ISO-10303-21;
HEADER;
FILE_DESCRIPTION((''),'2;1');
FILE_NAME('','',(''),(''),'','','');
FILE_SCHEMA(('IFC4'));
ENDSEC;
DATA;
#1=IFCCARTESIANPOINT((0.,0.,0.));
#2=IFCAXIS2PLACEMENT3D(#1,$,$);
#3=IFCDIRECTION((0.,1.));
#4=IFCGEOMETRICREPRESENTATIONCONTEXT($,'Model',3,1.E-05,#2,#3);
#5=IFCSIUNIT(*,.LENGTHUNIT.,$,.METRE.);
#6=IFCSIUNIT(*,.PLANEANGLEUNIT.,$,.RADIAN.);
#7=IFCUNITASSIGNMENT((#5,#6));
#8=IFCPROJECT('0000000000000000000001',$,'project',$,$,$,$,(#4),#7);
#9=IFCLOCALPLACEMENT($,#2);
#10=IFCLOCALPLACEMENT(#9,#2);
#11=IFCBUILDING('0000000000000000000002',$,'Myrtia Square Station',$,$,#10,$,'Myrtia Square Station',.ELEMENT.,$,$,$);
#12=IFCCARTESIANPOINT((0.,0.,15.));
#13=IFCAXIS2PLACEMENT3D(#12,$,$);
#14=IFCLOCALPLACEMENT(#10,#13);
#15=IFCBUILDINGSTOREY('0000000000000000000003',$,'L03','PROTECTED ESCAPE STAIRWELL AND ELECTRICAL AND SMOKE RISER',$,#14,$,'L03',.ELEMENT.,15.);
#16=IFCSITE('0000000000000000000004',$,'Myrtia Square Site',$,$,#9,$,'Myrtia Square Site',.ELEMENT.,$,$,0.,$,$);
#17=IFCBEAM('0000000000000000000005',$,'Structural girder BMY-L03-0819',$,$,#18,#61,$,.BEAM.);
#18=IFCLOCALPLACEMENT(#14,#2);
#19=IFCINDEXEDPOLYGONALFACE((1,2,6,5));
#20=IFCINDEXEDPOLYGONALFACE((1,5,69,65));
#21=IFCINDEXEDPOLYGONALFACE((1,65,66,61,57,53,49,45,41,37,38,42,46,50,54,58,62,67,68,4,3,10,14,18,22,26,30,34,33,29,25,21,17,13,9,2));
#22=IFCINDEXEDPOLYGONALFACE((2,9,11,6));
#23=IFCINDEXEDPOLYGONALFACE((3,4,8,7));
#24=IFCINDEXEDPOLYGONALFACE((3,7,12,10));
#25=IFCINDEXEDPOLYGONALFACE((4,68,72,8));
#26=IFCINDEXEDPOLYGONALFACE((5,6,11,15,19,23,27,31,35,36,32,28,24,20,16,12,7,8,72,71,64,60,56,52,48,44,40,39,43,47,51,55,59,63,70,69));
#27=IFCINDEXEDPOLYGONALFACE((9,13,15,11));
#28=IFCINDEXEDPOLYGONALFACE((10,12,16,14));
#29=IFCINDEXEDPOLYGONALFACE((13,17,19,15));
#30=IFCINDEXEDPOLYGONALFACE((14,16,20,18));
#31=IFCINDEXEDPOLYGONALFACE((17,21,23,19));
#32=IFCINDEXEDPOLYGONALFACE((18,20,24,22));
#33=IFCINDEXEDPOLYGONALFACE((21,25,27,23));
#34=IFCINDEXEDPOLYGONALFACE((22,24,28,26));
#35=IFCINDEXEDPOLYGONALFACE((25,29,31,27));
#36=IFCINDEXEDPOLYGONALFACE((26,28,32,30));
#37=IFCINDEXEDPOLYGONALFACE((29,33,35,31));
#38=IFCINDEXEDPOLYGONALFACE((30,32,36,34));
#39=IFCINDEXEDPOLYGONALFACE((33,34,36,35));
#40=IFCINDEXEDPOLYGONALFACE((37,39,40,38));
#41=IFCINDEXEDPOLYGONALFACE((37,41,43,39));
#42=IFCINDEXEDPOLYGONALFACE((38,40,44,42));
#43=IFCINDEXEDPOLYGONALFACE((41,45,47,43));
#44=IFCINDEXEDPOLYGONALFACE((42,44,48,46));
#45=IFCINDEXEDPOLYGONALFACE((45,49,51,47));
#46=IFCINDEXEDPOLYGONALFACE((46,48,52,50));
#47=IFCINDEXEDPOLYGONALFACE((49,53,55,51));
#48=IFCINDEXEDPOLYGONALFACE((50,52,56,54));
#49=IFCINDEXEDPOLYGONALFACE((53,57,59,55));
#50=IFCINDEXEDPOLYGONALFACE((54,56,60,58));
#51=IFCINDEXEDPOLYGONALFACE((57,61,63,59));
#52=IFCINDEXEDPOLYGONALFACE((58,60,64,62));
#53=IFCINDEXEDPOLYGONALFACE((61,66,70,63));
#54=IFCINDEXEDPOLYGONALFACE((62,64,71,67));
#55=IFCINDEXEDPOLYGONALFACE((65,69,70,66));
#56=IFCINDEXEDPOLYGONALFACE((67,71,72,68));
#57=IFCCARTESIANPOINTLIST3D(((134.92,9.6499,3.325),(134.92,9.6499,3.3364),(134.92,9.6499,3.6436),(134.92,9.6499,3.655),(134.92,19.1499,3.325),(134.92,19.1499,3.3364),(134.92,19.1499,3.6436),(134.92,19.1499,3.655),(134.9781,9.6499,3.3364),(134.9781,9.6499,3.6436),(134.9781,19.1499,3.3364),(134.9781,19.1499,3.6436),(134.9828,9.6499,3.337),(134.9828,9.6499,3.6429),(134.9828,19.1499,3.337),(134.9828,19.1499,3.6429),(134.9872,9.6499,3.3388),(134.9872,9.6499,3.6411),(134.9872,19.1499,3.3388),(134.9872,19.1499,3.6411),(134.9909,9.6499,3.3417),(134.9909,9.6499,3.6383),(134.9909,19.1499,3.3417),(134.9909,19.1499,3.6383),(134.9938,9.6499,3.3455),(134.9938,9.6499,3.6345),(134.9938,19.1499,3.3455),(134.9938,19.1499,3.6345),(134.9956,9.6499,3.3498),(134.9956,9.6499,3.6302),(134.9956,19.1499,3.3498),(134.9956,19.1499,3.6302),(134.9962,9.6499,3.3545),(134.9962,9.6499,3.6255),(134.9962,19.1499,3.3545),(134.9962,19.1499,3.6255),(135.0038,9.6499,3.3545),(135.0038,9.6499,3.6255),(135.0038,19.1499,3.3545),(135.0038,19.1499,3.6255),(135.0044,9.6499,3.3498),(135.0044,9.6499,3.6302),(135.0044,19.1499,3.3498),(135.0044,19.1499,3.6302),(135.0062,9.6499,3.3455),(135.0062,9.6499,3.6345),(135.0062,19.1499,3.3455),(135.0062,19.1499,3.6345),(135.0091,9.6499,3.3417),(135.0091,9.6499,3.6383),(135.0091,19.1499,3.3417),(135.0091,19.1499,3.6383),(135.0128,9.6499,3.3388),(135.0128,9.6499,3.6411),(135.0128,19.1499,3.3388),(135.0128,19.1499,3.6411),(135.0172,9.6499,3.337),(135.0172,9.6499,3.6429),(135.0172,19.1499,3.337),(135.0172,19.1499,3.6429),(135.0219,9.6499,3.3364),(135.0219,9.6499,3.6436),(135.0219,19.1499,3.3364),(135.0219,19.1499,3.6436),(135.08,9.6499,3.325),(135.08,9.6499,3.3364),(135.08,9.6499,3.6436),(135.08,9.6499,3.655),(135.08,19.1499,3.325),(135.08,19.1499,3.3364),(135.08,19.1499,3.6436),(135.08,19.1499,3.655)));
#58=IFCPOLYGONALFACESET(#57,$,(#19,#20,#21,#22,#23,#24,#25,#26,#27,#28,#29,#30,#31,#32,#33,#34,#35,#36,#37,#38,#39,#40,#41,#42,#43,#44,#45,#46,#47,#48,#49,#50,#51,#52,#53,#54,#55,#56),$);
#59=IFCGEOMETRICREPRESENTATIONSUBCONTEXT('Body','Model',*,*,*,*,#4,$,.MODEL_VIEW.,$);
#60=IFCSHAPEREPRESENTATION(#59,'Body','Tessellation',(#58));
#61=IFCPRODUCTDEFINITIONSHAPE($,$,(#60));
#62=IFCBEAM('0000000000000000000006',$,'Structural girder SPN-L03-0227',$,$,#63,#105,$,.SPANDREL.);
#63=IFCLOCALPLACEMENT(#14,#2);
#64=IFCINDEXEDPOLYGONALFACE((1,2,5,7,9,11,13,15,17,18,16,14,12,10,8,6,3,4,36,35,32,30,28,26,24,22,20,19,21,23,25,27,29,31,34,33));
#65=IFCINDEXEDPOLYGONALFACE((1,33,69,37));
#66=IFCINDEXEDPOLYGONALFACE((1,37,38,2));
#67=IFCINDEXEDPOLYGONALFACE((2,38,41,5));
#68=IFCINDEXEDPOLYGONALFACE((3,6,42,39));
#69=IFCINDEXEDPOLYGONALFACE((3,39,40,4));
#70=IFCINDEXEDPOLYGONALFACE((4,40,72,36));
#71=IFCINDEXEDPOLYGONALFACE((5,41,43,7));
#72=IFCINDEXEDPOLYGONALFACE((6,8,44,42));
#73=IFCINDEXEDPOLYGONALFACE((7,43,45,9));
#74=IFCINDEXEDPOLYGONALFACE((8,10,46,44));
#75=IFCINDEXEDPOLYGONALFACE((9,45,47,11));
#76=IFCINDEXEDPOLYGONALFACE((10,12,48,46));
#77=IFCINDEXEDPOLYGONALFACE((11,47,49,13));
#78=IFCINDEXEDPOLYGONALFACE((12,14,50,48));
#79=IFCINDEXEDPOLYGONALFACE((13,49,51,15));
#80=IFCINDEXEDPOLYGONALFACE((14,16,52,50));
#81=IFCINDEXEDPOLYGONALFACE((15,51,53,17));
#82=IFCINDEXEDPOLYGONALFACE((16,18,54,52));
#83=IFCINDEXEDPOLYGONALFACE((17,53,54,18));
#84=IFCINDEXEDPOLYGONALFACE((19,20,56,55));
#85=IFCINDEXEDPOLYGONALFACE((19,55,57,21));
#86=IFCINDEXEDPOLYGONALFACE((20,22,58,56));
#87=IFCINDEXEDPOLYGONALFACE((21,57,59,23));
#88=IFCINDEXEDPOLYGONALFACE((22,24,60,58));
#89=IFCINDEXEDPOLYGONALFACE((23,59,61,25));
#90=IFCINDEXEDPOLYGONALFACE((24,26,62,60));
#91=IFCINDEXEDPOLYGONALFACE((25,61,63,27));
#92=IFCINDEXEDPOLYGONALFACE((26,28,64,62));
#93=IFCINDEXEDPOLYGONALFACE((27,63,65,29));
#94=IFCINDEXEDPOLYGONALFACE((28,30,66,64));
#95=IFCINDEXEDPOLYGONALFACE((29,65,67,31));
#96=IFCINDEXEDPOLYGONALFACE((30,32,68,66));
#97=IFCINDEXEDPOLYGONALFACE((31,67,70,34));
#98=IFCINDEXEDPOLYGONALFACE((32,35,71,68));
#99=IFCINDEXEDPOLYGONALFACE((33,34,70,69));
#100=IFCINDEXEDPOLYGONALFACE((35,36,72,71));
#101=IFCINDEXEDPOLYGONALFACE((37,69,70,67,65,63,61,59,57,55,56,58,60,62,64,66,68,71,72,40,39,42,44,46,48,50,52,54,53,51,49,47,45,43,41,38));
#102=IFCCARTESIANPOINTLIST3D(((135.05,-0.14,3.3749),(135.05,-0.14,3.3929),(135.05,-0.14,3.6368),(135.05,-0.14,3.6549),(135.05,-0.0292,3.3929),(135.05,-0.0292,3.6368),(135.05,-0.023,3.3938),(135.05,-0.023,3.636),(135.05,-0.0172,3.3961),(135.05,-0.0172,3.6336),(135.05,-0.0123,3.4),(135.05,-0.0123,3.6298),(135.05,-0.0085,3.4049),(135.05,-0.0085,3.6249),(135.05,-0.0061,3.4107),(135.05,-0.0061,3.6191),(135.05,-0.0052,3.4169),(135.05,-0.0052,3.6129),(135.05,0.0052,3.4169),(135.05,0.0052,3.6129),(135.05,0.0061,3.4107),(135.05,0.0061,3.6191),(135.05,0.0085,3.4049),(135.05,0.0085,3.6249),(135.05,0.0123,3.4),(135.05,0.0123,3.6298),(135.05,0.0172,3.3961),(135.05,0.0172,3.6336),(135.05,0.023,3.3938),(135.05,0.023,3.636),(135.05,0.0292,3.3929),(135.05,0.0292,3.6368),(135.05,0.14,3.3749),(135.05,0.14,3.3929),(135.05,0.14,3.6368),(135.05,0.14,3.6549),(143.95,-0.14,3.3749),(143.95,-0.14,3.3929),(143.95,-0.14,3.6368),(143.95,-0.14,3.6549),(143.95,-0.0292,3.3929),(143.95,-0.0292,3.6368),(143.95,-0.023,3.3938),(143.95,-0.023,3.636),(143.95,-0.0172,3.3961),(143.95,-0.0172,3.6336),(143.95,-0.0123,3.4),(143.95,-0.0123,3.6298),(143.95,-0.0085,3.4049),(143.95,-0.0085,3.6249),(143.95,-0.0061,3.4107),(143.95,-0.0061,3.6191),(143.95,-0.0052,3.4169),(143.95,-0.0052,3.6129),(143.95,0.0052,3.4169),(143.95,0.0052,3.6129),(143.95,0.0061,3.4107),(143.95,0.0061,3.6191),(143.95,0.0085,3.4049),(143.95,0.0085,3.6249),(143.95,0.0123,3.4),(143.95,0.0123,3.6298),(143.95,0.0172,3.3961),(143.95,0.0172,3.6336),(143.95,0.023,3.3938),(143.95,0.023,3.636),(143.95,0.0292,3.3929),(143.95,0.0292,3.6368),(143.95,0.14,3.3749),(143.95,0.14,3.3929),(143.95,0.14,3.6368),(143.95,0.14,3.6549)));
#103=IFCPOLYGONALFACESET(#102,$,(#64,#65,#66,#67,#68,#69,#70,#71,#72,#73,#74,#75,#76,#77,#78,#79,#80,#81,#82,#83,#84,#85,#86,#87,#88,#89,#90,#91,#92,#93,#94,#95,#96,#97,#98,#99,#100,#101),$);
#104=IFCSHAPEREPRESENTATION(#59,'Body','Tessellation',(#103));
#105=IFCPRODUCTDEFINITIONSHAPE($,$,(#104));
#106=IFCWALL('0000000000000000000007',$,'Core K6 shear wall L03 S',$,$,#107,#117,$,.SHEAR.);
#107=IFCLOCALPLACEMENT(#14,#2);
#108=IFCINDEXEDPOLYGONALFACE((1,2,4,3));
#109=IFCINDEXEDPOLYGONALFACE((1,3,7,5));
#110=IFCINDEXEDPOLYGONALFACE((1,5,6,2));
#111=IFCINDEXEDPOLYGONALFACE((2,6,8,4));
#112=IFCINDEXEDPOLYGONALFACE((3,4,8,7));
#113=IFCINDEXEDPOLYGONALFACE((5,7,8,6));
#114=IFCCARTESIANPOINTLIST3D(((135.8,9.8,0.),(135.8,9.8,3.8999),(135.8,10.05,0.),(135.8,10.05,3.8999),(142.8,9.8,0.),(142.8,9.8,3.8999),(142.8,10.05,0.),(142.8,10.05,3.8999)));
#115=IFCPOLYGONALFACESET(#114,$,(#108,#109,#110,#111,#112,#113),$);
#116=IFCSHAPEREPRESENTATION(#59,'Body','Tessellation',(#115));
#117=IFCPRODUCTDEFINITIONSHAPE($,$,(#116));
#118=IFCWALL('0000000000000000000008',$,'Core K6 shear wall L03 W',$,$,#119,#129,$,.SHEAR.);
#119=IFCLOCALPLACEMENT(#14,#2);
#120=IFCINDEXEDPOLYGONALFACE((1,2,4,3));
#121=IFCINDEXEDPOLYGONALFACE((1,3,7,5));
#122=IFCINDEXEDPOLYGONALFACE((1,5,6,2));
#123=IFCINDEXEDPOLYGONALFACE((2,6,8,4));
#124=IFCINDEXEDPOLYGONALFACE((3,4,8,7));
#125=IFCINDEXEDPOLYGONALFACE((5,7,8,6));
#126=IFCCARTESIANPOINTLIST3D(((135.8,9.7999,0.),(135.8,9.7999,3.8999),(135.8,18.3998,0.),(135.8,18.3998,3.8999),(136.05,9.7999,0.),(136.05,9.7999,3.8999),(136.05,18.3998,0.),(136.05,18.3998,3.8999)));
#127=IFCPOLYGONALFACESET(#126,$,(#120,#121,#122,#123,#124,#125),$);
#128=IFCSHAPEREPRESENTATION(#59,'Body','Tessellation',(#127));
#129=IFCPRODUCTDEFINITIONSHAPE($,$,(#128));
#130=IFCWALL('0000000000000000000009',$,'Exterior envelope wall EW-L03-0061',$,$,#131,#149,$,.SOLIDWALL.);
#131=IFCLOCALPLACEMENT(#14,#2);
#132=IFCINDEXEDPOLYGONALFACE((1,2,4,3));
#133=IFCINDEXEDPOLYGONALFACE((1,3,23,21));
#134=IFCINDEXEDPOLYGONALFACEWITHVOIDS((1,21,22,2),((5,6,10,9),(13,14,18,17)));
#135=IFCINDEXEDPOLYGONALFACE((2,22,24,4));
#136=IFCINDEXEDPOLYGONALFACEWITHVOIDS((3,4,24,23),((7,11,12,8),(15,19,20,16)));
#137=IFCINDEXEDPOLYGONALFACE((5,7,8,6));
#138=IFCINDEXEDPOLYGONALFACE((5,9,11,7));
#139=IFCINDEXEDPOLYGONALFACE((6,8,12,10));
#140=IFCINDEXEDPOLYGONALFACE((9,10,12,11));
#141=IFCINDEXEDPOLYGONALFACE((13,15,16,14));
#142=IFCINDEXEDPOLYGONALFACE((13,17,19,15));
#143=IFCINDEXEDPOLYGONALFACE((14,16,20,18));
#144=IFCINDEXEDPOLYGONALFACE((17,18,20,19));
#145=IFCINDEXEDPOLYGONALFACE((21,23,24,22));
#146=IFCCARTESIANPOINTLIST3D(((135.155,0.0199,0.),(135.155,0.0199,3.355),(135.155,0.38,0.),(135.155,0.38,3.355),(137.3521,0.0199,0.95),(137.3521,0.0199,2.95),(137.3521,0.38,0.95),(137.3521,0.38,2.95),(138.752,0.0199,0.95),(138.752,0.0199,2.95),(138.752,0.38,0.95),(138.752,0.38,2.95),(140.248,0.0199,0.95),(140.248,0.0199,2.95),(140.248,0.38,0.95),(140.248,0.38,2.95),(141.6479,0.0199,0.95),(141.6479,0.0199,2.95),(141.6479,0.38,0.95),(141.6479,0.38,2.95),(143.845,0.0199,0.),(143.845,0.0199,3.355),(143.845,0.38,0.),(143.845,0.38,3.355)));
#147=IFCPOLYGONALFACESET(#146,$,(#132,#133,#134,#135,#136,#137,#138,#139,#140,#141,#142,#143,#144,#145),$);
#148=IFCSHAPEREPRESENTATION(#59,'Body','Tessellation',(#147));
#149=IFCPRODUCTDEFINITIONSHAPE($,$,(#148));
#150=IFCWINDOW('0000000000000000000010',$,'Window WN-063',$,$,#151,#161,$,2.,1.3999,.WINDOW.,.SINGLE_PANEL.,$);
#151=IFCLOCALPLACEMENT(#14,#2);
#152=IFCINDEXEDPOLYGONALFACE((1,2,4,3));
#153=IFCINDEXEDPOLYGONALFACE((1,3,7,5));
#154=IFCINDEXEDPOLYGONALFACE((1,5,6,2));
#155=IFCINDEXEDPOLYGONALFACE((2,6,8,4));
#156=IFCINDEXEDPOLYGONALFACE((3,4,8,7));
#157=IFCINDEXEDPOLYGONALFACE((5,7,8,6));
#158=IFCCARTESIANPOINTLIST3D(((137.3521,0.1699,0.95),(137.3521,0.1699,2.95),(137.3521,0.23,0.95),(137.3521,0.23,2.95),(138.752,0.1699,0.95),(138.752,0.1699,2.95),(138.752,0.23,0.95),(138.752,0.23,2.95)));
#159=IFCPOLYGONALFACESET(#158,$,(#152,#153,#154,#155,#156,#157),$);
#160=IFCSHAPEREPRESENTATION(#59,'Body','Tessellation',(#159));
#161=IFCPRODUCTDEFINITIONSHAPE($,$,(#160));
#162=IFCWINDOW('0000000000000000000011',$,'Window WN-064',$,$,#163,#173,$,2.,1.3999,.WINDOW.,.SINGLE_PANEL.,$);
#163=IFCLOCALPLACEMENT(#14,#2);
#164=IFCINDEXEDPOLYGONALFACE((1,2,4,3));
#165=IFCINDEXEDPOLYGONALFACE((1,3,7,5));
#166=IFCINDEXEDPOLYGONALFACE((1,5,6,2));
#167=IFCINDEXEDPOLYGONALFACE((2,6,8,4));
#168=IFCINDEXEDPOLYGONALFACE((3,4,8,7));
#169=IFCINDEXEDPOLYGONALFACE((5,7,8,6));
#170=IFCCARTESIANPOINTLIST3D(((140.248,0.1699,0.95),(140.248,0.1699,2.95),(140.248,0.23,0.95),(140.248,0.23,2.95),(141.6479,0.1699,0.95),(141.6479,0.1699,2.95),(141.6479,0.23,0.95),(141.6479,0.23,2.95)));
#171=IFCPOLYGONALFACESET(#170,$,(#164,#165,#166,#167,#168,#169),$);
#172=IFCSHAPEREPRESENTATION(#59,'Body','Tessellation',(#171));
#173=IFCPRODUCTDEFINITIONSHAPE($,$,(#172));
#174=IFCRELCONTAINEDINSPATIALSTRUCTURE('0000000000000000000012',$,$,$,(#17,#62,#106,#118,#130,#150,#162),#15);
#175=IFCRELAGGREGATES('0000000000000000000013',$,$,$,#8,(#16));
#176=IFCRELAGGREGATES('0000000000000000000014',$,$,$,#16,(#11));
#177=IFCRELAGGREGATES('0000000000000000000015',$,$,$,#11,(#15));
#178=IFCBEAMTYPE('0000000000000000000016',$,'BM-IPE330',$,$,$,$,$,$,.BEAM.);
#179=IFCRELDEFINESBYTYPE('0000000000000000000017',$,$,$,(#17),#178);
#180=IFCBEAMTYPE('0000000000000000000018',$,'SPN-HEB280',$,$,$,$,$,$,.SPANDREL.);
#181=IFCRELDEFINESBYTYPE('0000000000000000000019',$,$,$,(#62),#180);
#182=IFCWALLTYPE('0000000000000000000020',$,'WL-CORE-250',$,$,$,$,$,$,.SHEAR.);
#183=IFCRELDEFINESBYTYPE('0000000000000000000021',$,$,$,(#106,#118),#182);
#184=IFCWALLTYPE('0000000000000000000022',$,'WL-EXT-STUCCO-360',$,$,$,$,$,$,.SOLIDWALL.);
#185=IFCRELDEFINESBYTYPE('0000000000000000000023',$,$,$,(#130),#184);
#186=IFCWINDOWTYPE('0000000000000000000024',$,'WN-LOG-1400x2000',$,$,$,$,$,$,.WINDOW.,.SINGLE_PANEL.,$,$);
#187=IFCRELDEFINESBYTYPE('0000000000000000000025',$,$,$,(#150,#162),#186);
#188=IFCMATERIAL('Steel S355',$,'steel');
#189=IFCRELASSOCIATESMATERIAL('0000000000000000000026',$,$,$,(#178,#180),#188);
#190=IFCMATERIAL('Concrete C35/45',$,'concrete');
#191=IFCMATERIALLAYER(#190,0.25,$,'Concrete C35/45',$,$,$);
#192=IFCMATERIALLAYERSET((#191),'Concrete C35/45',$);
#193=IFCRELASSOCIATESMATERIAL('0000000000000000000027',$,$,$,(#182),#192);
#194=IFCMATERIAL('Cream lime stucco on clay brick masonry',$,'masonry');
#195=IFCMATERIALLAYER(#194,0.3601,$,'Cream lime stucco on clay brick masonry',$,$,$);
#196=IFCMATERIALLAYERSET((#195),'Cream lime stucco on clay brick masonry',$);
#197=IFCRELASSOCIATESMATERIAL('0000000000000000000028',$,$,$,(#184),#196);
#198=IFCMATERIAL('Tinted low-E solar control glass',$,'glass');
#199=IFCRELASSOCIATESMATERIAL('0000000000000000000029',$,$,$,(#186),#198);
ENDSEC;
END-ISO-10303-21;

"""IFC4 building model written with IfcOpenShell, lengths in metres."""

from ifc_helpers import new_model, si_unit, direction, frame, frame_2d, origin, origin_2d, place, context, subcontext, project, spatial, rectangle, i_section, extrude, material, layer, layer_set, material_profile, profile_set, type_object, element, fill, save


model = new_model("IFC4")

# Units and contexts
model_context = context("Model", 3, precision=1e-05, world=origin(), true_north=direction((0.0, 1.0)))
body_context = subcontext(model_context, "Body", "Model", "MODEL_VIEW")
ifc_project = project(units=[si_unit("LENGTHUNIT", "METRE"), si_unit("PLANEANGLEUNIT", "RADIAN")], contexts=[model_context])

# Site, building, storey
site_placement = place(None, origin())
site = spatial("IfcSite", under=ifc_project, at=site_placement, Name="Myrtia Square Site", LongName="Myrtia Square Site", CompositionType="ELEMENT", RefElevation=0.0)
building_placement = place(site_placement, origin())
building = spatial("IfcBuilding", under=site, at=building_placement, Name="Myrtia Square Station", LongName="Myrtia Square Station", CompositionType="ELEMENT")
storey_placement = place(building_placement, frame((0.0, 0.0, 15.0)))
storey = spatial("IfcBuildingStorey", under=building, at=storey_placement, Name="L03", Description="PROTECTED ESCAPE STAIRWELL AND ELECTRICAL AND SMOKE RISER", LongName="L03", CompositionType="ELEMENT", Elevation=15.0)

# Shared definitions
ifc_material_1 = material(Name="Steel S355", Category="steel")

# Beams
ifc_material_profile_1 = material_profile(ifc_material_1, i_section(OverallWidth=0.1599, OverallDepth=0.3301, WebThickness=0.0076, FlangeThickness=0.0115, FilletRadius=0.0181, at=origin_2d()), Name="IPE 330")
ifc_profile_set_1 = profile_set([ifc_material_profile_1], Name="Steel S355")
beam_type_1 = type_object("IfcBeamType", Name="BM-IPE330", PredefinedType="BEAM", material=ifc_profile_set_1)
for number, where, z_axis, x_axis, name in (
    (1, (135.0, 9.6499, 3.49), (0.0, 1.0, 0.0), (-1.0, 0.0, 0.0), "Structural girder BMY-L03-0819"),
):
    element("IfcBeam", number, at=place(storey_placement, frame(where, z_axis=z_axis, x_axis=x_axis)), inside=storey, type_object=beam_type_1, Name=name, PredefinedType="BEAM", context=body_context, shape_type="SweptSolid", body=[
        extrude(i_section(OverallWidth=0.1599, OverallDepth=0.3301, WebThickness=0.0076, FlangeThickness=0.0115, FilletRadius=0.0181, at=origin_2d()), origin(), (0.0, 0.0, 1.0), 9.5),
    ])
ifc_material_profile_2 = material_profile(ifc_material_1, i_section(OverallWidth=0.28, OverallDepth=0.28, WebThickness=0.0105, FlangeThickness=0.0181, FilletRadius=0.0239, at=origin_2d()), Name="HEB 280")
ifc_profile_set_2 = profile_set([ifc_material_profile_2], Name="Steel S355")
beam_type_2 = type_object("IfcBeamType", Name="SPN-HEB280", PredefinedType="SPANDREL", material=ifc_profile_set_2)
beam_1_placement = place(storey_placement, frame((135.05, 0.0, 3.5149), z_axis=(1.0, 0.0, 0.0), x_axis=(0.0, 1.0, 0.0)))
element("IfcBeam", 2, at=beam_1_placement, inside=storey, type_object=beam_type_2, Name="Structural girder SPN-L03-0227", PredefinedType="SPANDREL", context=body_context, shape_type="SweptSolid", body=[
    extrude(i_section(OverallWidth=0.28, OverallDepth=0.28, WebThickness=0.0105, FlangeThickness=0.0181, FilletRadius=0.0239, at=origin_2d()), origin(), (0.0, 0.0, 1.0), 8.8999),
])

# Walls
ifc_material_2 = material(Name="Concrete C35/45", Category="concrete")
ifc_layer_1 = layer(ifc_material_2, 0.25, Name="Concrete C35/45")
ifc_layer_set_1 = layer_set([ifc_layer_1], Name="Concrete C35/45")
wall_type_1 = type_object("IfcWallType", Name="WL-CORE-250", PredefinedType="SHEAR", material=ifc_layer_set_1)
wall_1_placement = place(storey_placement, frame((135.8, 9.925, 0.0), z_axis=(0.0, 0.0, 1.0), x_axis=(1.0, 0.0, 0.0)))
element("IfcWall", 3, at=wall_1_placement, inside=storey, type_object=wall_type_1, Name="Core K6 shear wall L03 S", PredefinedType="SHEAR", context=body_context, shape_type="SweptSolid", body=[
    extrude(rectangle(XDim=7.0, YDim=0.25, at=frame_2d((3.5, 0.0))), origin(), (0.0, 0.0, 1.0), 3.8999),
])
wall_2_placement = place(storey_placement, frame((135.925, 9.8, 0.0), z_axis=(0.0, 0.0, 1.0), x_axis=(0.0, 1.0, 0.0)))
element("IfcWall", 4, at=wall_2_placement, inside=storey, type_object=wall_type_1, Name="Core K6 shear wall L03 W", PredefinedType="SHEAR", context=body_context, shape_type="SweptSolid", body=[
    extrude(rectangle(XDim=8.5999, YDim=0.25, at=frame_2d((4.2998, 0.0))), origin(), (0.0, 0.0, 1.0), 3.8999),
])

# Wall, openings, windows
ifc_material_3 = material(Name="Cream lime stucco on clay brick masonry", Category="masonry")
ifc_layer_2 = layer(ifc_material_3, 0.3601, Name="Cream lime stucco on clay brick masonry")
ifc_layer_set_2 = layer_set([ifc_layer_2], Name="Cream lime stucco on clay brick masonry")
wall_type_2 = type_object("IfcWallType", Name="WL-EXT-STUCCO-360", PredefinedType="SOLIDWALL", material=ifc_layer_set_2)
wall_3_placement = place(storey_placement, frame((135.155, 0.2, 0.0), z_axis=(0.0, 0.0, 1.0), x_axis=(1.0, 0.0, 0.0)))
wall_3 = element("IfcWall", 5, at=wall_3_placement, inside=storey, type_object=wall_type_2, Name="Exterior envelope wall EW-L03-0061", PredefinedType="SOLIDWALL", context=body_context, shape_type="SweptSolid", body=[
    extrude(rectangle(XDim=8.6899, YDim=0.3601, at=frame_2d((4.345, 0.0))), origin(), (0.0, 0.0, 1.0), 3.355),
])
opening_1_placement = place(wall_3_placement, frame((2.197, 0.0, 0.95)))
opening_1 = element("IfcOpeningElement", 6, at=opening_1_placement, cuts=wall_3, PredefinedType="OPENING", context=body_context, shape_type="SweptSolid", body=[
    extrude(rectangle(XDim=1.3999, YDim=2.0, at=frame_2d((0.7, 1.0))), frame((0.0, 0.1951, 0.0), z_axis=(0.0, -1.0, 0.0), x_axis=(1.0, 0.0, 0.0)), (0.0, 0.0, 1.0), 0.3901),
])
opening_2_placement = place(wall_3_placement, frame((5.093, 0.0, 0.95)))
opening_2 = element("IfcOpeningElement", 7, at=opening_2_placement, cuts=wall_3, PredefinedType="OPENING", context=body_context, shape_type="SweptSolid", body=[
    extrude(rectangle(XDim=1.3999, YDim=2.0, at=frame_2d((0.7, 1.0))), frame((0.0, 0.1951, 0.0), z_axis=(0.0, -1.0, 0.0), x_axis=(1.0, 0.0, 0.0)), (0.0, 0.0, 1.0), 0.3901),
])
ifc_material_4 = material(Name="Tinted low-E solar control glass", Category="glass")
window_type = type_object("IfcWindowType", Name="WN-LOG-1400x2000", PartitioningType="SINGLE_PANEL", PredefinedType="WINDOW", material=ifc_material_4)
window_1_placement = place(opening_1_placement, origin())
window_1 = element("IfcWindow", 8, at=window_1_placement, inside=storey, type_object=window_type, Name="Window WN-063", OverallHeight=2.0, OverallWidth=1.3999, PartitioningType="SINGLE_PANEL", PredefinedType="WINDOW", context=body_context, shape_type="SweptSolid", body=[
    extrude(rectangle(XDim=1.3999, YDim=2.0, at=frame_2d((0.7, 1.0))), frame((0.0, 0.03, 0.0), z_axis=(0.0, -1.0, 0.0), x_axis=(1.0, 0.0, 0.0)), (0.0, 0.0, 1.0), 0.0601),
])
fill(opening_1, window_1)
window_2_placement = place(opening_2_placement, origin())
window_2 = element("IfcWindow", 9, at=window_2_placement, inside=storey, type_object=window_type, Name="Window WN-064", OverallHeight=2.0, OverallWidth=1.3999, PartitioningType="SINGLE_PANEL", PredefinedType="WINDOW", context=body_context, shape_type="SweptSolid", body=[
    extrude(rectangle(XDim=1.3999, YDim=2.0, at=frame_2d((0.7, 1.0))), frame((0.0, 0.03, 0.0), z_axis=(0.0, -1.0, 0.0), x_axis=(1.0, 0.0, 0.0)), (0.0, 0.0, 1.0), 0.0601),
])
fill(opening_2, window_2)

save(model, "model.ifc")
